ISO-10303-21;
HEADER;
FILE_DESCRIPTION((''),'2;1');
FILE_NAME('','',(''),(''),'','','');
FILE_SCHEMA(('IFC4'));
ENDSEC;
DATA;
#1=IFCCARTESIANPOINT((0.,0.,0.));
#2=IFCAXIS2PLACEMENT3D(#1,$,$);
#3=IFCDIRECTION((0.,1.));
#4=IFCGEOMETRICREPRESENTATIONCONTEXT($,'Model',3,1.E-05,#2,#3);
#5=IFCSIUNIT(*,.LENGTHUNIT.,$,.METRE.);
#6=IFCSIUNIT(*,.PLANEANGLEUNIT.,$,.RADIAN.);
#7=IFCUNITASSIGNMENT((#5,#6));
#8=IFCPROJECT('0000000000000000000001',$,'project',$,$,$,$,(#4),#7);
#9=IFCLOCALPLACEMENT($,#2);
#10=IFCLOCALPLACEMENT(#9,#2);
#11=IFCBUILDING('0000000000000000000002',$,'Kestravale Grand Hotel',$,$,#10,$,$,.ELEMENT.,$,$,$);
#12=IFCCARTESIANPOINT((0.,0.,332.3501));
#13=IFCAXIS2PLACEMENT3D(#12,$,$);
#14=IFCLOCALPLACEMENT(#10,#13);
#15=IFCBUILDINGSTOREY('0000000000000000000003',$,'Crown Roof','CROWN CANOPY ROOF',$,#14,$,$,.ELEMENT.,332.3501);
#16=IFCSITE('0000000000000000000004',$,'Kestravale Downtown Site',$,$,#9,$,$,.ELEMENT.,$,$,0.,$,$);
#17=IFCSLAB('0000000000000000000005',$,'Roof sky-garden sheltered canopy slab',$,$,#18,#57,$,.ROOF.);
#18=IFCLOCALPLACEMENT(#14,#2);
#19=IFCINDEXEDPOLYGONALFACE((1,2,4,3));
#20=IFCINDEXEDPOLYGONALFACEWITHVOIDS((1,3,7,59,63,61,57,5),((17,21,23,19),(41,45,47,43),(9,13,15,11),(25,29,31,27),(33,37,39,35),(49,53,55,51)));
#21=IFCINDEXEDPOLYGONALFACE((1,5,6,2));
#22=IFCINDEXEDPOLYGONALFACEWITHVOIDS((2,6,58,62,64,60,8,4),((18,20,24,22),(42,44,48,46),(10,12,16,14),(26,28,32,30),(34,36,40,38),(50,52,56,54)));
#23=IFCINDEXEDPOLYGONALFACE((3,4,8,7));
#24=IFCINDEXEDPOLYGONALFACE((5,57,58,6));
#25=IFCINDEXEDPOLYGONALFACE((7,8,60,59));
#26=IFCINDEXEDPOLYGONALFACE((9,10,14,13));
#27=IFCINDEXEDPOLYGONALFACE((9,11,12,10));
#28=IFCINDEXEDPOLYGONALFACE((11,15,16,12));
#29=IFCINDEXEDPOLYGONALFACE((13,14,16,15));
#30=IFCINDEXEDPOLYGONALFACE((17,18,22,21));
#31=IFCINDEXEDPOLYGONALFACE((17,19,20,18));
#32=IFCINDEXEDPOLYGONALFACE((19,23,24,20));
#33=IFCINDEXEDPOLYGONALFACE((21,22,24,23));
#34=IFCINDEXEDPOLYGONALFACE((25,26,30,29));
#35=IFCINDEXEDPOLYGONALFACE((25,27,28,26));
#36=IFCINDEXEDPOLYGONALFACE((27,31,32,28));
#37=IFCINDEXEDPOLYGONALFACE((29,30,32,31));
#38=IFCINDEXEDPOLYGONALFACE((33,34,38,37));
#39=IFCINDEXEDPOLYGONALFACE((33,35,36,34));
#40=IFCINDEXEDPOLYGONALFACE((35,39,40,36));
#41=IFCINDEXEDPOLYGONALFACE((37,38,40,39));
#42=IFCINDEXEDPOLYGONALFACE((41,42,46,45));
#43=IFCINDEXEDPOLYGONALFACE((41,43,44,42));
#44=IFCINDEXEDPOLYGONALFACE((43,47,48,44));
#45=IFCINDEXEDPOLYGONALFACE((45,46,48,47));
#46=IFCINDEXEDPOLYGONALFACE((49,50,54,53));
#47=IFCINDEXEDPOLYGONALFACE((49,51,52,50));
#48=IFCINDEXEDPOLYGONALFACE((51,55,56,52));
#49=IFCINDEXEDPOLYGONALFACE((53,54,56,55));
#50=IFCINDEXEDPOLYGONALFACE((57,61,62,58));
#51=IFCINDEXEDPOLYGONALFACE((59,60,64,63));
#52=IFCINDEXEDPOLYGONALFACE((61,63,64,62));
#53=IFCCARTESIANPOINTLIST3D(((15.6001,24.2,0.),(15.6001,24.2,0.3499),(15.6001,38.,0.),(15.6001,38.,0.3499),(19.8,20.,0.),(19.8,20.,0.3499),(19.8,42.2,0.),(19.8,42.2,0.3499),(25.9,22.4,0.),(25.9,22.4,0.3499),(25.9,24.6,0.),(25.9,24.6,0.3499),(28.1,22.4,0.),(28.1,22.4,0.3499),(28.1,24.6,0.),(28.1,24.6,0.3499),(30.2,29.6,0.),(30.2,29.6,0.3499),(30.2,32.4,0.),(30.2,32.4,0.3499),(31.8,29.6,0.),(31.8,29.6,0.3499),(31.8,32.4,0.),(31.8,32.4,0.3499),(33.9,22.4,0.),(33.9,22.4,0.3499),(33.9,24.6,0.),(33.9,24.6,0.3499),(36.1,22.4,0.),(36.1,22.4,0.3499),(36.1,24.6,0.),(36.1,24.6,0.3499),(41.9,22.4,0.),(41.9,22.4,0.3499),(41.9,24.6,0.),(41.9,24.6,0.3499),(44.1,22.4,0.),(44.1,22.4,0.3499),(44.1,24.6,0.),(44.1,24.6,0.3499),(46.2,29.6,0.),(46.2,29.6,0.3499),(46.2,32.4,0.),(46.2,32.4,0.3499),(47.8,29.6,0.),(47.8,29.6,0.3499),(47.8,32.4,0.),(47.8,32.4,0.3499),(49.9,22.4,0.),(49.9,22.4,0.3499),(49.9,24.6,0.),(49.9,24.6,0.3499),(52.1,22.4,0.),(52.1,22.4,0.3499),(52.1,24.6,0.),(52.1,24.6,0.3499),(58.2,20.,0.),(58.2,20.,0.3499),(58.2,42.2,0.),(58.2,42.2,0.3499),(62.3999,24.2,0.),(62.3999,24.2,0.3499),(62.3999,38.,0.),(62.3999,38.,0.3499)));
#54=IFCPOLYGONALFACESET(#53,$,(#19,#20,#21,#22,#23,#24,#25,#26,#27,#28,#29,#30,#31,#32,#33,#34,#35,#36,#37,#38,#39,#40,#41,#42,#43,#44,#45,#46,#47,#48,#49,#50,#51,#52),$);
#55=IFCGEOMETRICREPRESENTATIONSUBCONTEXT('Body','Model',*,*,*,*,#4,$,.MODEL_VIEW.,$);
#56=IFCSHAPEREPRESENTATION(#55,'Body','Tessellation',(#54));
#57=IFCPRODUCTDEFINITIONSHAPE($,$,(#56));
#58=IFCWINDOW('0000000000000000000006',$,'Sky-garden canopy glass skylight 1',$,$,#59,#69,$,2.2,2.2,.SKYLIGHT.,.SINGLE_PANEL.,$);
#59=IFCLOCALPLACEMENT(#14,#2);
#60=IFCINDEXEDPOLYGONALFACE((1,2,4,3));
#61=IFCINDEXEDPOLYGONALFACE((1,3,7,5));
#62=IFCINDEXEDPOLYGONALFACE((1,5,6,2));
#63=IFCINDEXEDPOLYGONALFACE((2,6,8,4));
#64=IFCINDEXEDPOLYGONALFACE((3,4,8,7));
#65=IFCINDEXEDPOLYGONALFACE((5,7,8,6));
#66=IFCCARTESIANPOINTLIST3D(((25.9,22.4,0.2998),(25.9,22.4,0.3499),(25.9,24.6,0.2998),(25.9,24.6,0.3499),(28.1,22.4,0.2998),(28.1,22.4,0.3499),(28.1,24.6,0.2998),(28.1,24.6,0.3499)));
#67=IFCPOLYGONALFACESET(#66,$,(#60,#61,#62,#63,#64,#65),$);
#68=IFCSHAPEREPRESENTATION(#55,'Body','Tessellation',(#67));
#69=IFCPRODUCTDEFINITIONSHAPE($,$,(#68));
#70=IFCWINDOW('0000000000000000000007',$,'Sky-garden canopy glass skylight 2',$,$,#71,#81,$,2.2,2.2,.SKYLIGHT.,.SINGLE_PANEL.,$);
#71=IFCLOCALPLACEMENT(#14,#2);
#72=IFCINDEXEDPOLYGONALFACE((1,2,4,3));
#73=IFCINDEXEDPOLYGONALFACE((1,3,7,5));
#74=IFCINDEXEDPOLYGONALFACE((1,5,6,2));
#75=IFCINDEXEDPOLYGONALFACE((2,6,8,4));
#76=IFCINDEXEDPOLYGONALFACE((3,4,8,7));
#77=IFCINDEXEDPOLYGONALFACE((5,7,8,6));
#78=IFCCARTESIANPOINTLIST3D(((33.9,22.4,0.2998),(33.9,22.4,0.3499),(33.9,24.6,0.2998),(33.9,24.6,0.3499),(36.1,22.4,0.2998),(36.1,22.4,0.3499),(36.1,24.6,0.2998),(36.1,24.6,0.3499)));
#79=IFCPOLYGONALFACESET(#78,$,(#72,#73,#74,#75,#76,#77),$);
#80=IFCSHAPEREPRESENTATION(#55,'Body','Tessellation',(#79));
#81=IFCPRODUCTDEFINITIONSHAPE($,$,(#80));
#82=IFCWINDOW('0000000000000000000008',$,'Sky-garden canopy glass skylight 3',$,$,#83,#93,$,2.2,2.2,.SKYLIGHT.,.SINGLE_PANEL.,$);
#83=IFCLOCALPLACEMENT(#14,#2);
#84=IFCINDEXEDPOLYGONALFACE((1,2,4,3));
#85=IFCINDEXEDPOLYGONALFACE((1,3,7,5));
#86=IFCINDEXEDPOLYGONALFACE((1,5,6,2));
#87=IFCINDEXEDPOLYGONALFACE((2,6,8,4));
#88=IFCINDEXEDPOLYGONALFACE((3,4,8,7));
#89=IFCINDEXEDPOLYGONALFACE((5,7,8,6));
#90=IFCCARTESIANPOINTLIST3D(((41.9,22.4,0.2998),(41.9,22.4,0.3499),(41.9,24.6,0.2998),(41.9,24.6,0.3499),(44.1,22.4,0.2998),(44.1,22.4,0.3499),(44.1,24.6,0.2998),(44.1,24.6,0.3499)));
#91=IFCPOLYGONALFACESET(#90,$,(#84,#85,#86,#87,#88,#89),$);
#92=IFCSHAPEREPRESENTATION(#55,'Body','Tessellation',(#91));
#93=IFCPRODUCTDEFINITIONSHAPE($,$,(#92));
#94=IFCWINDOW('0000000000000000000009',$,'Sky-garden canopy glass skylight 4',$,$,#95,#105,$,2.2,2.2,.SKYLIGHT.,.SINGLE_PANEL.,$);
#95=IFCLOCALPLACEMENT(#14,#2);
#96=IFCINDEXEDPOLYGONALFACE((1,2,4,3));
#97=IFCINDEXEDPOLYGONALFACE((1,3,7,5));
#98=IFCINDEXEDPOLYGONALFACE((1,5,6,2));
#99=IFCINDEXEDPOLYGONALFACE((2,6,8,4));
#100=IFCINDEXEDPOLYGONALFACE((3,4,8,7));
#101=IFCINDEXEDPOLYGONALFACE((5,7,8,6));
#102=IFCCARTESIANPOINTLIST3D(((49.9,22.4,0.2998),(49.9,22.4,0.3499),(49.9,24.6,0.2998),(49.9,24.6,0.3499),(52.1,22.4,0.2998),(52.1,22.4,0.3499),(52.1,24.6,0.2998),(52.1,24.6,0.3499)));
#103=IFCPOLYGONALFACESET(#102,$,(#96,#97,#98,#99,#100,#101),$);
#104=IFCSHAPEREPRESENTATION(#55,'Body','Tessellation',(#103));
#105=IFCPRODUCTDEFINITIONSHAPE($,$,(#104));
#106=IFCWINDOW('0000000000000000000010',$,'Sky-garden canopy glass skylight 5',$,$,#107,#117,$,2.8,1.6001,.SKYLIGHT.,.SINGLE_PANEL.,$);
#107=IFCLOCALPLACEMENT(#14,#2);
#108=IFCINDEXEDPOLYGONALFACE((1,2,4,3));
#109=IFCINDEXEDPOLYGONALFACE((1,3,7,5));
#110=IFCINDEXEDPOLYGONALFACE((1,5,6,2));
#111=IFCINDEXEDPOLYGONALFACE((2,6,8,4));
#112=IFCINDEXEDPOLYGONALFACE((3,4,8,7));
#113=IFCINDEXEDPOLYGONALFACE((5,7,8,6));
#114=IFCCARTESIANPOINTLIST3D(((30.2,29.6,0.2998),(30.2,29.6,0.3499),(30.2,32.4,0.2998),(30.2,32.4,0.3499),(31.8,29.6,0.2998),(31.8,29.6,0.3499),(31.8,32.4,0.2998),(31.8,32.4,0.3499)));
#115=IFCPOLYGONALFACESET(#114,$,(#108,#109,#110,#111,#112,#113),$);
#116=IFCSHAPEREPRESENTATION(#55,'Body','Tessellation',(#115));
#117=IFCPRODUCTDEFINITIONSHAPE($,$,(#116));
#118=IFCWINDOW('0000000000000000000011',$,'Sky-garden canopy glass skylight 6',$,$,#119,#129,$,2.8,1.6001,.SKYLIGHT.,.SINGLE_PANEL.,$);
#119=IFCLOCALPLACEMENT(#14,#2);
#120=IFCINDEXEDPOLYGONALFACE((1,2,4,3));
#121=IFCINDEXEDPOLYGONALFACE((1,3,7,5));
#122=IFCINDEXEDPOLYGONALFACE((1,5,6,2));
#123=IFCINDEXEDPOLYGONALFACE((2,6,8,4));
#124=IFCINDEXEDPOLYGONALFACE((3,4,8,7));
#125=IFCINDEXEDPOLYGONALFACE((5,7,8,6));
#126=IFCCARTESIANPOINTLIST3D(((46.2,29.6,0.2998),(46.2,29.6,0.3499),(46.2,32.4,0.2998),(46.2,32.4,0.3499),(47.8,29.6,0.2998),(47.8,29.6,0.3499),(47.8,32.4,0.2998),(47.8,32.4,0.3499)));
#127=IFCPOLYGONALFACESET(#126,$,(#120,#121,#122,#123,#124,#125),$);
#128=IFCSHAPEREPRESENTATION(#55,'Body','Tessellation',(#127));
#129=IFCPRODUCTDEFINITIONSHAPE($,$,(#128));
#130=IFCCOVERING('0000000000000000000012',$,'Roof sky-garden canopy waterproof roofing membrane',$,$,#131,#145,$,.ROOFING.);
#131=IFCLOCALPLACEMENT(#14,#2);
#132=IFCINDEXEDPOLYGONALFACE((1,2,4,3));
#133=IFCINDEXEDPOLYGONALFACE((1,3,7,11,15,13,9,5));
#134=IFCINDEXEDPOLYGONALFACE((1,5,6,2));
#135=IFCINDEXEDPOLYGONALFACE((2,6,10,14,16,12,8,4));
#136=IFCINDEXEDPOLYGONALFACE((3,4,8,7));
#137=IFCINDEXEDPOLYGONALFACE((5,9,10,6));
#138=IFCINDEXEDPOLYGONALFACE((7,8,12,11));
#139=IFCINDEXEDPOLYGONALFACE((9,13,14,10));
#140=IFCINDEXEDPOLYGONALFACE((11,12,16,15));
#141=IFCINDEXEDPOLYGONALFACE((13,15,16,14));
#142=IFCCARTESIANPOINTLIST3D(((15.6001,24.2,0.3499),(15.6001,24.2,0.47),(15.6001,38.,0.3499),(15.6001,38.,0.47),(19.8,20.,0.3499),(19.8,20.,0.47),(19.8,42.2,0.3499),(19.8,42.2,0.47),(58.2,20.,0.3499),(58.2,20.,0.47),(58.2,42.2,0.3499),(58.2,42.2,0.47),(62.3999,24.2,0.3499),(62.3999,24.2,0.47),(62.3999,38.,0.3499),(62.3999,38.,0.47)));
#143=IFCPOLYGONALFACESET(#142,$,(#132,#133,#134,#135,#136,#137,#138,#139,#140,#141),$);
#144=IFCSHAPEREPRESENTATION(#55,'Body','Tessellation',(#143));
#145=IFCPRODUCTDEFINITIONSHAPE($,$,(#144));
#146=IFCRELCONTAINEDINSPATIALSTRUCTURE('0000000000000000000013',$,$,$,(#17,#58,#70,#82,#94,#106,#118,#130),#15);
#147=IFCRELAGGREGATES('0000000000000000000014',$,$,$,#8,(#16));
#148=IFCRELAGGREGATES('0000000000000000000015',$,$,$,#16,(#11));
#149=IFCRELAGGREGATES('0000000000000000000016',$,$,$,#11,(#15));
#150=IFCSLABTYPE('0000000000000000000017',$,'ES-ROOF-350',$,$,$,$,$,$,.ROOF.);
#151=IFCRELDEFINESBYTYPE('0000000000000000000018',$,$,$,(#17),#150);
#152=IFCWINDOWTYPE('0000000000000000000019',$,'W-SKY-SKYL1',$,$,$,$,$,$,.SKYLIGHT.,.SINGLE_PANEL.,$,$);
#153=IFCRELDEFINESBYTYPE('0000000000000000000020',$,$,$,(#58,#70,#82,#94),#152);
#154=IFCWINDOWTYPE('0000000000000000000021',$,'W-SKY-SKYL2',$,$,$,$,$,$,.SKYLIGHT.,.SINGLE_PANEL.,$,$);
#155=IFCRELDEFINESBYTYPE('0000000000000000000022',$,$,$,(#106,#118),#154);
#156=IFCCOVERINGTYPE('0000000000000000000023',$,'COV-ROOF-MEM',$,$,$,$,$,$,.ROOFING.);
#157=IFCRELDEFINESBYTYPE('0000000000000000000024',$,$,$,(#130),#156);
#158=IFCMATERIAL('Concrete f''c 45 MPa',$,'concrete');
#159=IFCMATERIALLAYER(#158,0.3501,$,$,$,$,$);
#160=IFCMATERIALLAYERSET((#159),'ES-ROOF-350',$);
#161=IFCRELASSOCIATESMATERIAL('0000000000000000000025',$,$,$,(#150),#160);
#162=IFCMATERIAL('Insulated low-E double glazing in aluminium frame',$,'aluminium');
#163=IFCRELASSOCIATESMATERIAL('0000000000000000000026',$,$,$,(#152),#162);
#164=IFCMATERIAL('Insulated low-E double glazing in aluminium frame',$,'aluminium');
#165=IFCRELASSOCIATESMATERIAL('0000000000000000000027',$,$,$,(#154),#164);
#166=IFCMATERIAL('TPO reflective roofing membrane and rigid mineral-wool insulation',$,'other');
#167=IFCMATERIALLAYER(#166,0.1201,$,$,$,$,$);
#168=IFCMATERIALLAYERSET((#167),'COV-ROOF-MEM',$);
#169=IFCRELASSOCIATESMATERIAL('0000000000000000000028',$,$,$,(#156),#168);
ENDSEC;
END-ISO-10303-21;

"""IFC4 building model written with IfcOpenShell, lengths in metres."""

from ifc_helpers import new_model, si_unit, direction, frame, origin, origin_2d, place, context, subcontext, project, spatial, polyline, rectangle, outline, extrude, material, layer, layer_set, type_object, element, fill, save


model = new_model("IFC4")

# Units and contexts
model_context = context("Model", 3, precision=1e-05, world=origin(), true_north=direction((0.0, 1.0)))
body_context = subcontext(model_context, "Body", "Model", "MODEL_VIEW")
ifc_project = project(units=[si_unit("LENGTHUNIT", "METRE"), si_unit("PLANEANGLEUNIT", "RADIAN")], contexts=[model_context])

# Site, building, storey
site_placement = place(None, origin())
site = spatial("IfcSite", under=ifc_project, at=site_placement, Name="Kestravale Downtown Site", CompositionType="ELEMENT", RefElevation=0.0)
building_placement = place(site_placement, origin())
building = spatial("IfcBuilding", under=site, at=building_placement, Name="Kestravale Grand Hotel", CompositionType="ELEMENT")
storey_placement = place(building_placement, frame((0.0, 0.0, 332.3501)))
storey = spatial("IfcBuildingStorey", under=building, at=storey_placement, Name="Crown Roof", Description="CROWN CANOPY ROOF", CompositionType="ELEMENT", Elevation=332.3501)

# Slab, openings, windows
ifc_material_1 = material(Name="Concrete f'c 45 MPa", Category="concrete")
ifc_layer_1 = layer(ifc_material_1, 0.3501)
ifc_layer_set_1 = layer_set([ifc_layer_1], Name="ES-ROOF-350")
slab_type = type_object("IfcSlabType", Name="ES-ROOF-350", PredefinedType="ROOF", material=ifc_layer_set_1)
slab_placement = place(storey_placement, origin())
slab = element("IfcSlab", 1, at=slab_placement, inside=storey, type_object=slab_type, Name="Roof sky-garden sheltered canopy slab", PredefinedType="ROOF", context=body_context, shape_type="SweptSolid", body=[
    extrude(outline(polyline([(19.8, 20.0), (58.2, 20.0), (62.3999, 24.2), (62.3999, 38.0), (58.2, 42.2), (19.8, 42.2), (15.6001, 38.0), (15.6001, 24.2), (19.8, 20.0)])), origin(), (0.0, 0.0, 1.0), 0.3499),
])
opening_1_placement = place(slab_placement, frame((27.0, 23.5, -0.01)))
opening_1 = element("IfcOpeningElement", 2, at=opening_1_placement, cuts=slab, PredefinedType="OPENING", context=body_context, shape_type="SweptSolid", body=[
    extrude(rectangle(XDim=2.2, YDim=2.2, at=origin_2d()), origin(), (0.0, 0.0, 1.0), 0.3699),
])
opening_2_placement = place(slab_placement, frame((35.0, 23.5, -0.01)))
opening_2 = element("IfcOpeningElement", 3, at=opening_2_placement, cuts=slab, PredefinedType="OPENING", context=body_context, shape_type="SweptSolid", body=[
    extrude(rectangle(XDim=2.2, YDim=2.2, at=origin_2d()), origin(), (0.0, 0.0, 1.0), 0.3699),
])
opening_3_placement = place(slab_placement, frame((43.0, 23.5, -0.01)))
opening_3 = element("IfcOpeningElement", 4, at=opening_3_placement, cuts=slab, PredefinedType="OPENING", context=body_context, shape_type="SweptSolid", body=[
    extrude(rectangle(XDim=2.2, YDim=2.2, at=origin_2d()), origin(), (0.0, 0.0, 1.0), 0.3699),
])
opening_4_placement = place(slab_placement, frame((51.0, 23.5, -0.01)))
opening_4 = element("IfcOpeningElement", 5, at=opening_4_placement, cuts=slab, PredefinedType="OPENING", context=body_context, shape_type="SweptSolid", body=[
    extrude(rectangle(XDim=2.2, YDim=2.2, at=origin_2d()), origin(), (0.0, 0.0, 1.0), 0.3699),
])
opening_5_placement = place(slab_placement, frame((31.0, 31.0, -0.01)))
opening_5 = element("IfcOpeningElement", 6, at=opening_5_placement, cuts=slab, PredefinedType="OPENING", context=body_context, shape_type="SweptSolid", body=[
    extrude(rectangle(XDim=1.6001, YDim=2.8, at=origin_2d()), origin(), (0.0, 0.0, 1.0), 0.3699),
])
opening_6_placement = place(slab_placement, frame((47.0, 31.0, -0.01)))
opening_6 = element("IfcOpeningElement", 7, at=opening_6_placement, cuts=slab, PredefinedType="OPENING", context=body_context, shape_type="SweptSolid", body=[
    extrude(rectangle(XDim=1.6001, YDim=2.8, at=origin_2d()), origin(), (0.0, 0.0, 1.0), 0.3699),
])
ifc_material_2 = material(Name="Insulated low-E double glazing in aluminium frame", Category="aluminium")
window_type_1 = type_object("IfcWindowType", Name="W-SKY-SKYL1", PartitioningType="SINGLE_PANEL", PredefinedType="SKYLIGHT", material=ifc_material_2)
window_1_placement = place(opening_1_placement, frame((0.0, 0.0, 0.3098)))
window_1 = element("IfcWindow", 8, at=window_1_placement, inside=storey, type_object=window_type_1, Name="Sky-garden canopy glass skylight 1", OverallHeight=2.2, OverallWidth=2.2, PartitioningType="SINGLE_PANEL", PredefinedType="SKYLIGHT", context=body_context, shape_type="SweptSolid", body=[
    extrude(rectangle(XDim=2.2, YDim=2.2, at=origin_2d()), origin(), (0.0, 0.0, 1.0), 0.05),
])
fill(opening_1, window_1)
window_2_placement = place(opening_2_placement, frame((0.0, 0.0, 0.3098)))
window_2 = element("IfcWindow", 9, at=window_2_placement, inside=storey, type_object=window_type_1, Name="Sky-garden canopy glass skylight 2", OverallHeight=2.2, OverallWidth=2.2, PartitioningType="SINGLE_PANEL", PredefinedType="SKYLIGHT", context=body_context, shape_type="SweptSolid", body=[
    extrude(rectangle(XDim=2.2, YDim=2.2, at=origin_2d()), origin(), (0.0, 0.0, 1.0), 0.05),
])
fill(opening_2, window_2)
window_3_placement = place(opening_3_placement, frame((0.0, 0.0, 0.3098)))
window_3 = element("IfcWindow", 10, at=window_3_placement, inside=storey, type_object=window_type_1, Name="Sky-garden canopy glass skylight 3", OverallHeight=2.2, OverallWidth=2.2, PartitioningType="SINGLE_PANEL", PredefinedType="SKYLIGHT", context=body_context, shape_type="SweptSolid", body=[
    extrude(rectangle(XDim=2.2, YDim=2.2, at=origin_2d()), origin(), (0.0, 0.0, 1.0), 0.05),
])
fill(opening_3, window_3)
window_4_placement = place(opening_4_placement, frame((0.0, 0.0, 0.3098)))
window_4 = element("IfcWindow", 11, at=window_4_placement, inside=storey, type_object=window_type_1, Name="Sky-garden canopy glass skylight 4", OverallHeight=2.2, OverallWidth=2.2, PartitioningType="SINGLE_PANEL", PredefinedType="SKYLIGHT", context=body_context, shape_type="SweptSolid", body=[
    extrude(rectangle(XDim=2.2, YDim=2.2, at=origin_2d()), origin(), (0.0, 0.0, 1.0), 0.05),
])
fill(opening_4, window_4)
ifc_material_3 = material(Name="Insulated low-E double glazing in aluminium frame", Category="aluminium")
window_type_2 = type_object("IfcWindowType", Name="W-SKY-SKYL2", PartitioningType="SINGLE_PANEL", PredefinedType="SKYLIGHT", material=ifc_material_3)
window_5_placement = place(opening_5_placement, frame((0.0, 0.0, 0.3098)))
window_5 = element("IfcWindow", 12, at=window_5_placement, inside=storey, type_object=window_type_2, Name="Sky-garden canopy glass skylight 5", OverallHeight=2.8, OverallWidth=1.6001, PartitioningType="SINGLE_PANEL", PredefinedType="SKYLIGHT", context=body_context, shape_type="SweptSolid", body=[
    extrude(rectangle(XDim=1.6001, YDim=2.8, at=origin_2d()), origin(), (0.0, 0.0, 1.0), 0.05),
])
fill(opening_5, window_5)
window_6_placement = place(opening_6_placement, frame((0.0, 0.0, 0.3098)))
window_6 = element("IfcWindow", 13, at=window_6_placement, inside=storey, type_object=window_type_2, Name="Sky-garden canopy glass skylight 6", OverallHeight=2.8, OverallWidth=1.6001, PartitioningType="SINGLE_PANEL", PredefinedType="SKYLIGHT", context=body_context, shape_type="SweptSolid", body=[
    extrude(rectangle(XDim=1.6001, YDim=2.8, at=origin_2d()), origin(), (0.0, 0.0, 1.0), 0.05),
])
fill(opening_6, window_6)

# Covering
ifc_material_4 = material(Name="TPO reflective roofing membrane and rigid mineral-wool insulation", Category="other")
ifc_layer_2 = layer(ifc_material_4, 0.1201)
ifc_layer_set_2 = layer_set([ifc_layer_2], Name="COV-ROOF-MEM")
covering_type = type_object("IfcCoveringType", Name="COV-ROOF-MEM", PredefinedType="ROOFING", material=ifc_layer_set_2)
covering_placement = place(storey_placement, frame((0.0, 0.0, 0.3499)))
element("IfcCovering", 14, at=covering_placement, inside=storey, type_object=covering_type, Name="Roof sky-garden canopy waterproof roofing membrane", PredefinedType="ROOFING", context=body_context, shape_type="SweptSolid", body=[
    extrude(outline(polyline([(19.8, 20.0), (58.2, 20.0), (62.3999, 24.2), (62.3999, 38.0), (58.2, 42.2), (19.8, 42.2), (15.6001, 38.0), (15.6001, 24.2), (19.8, 20.0)])), origin(), (0.0, 0.0, 1.0), 0.1201),
])

save(model, "model.ifc")
